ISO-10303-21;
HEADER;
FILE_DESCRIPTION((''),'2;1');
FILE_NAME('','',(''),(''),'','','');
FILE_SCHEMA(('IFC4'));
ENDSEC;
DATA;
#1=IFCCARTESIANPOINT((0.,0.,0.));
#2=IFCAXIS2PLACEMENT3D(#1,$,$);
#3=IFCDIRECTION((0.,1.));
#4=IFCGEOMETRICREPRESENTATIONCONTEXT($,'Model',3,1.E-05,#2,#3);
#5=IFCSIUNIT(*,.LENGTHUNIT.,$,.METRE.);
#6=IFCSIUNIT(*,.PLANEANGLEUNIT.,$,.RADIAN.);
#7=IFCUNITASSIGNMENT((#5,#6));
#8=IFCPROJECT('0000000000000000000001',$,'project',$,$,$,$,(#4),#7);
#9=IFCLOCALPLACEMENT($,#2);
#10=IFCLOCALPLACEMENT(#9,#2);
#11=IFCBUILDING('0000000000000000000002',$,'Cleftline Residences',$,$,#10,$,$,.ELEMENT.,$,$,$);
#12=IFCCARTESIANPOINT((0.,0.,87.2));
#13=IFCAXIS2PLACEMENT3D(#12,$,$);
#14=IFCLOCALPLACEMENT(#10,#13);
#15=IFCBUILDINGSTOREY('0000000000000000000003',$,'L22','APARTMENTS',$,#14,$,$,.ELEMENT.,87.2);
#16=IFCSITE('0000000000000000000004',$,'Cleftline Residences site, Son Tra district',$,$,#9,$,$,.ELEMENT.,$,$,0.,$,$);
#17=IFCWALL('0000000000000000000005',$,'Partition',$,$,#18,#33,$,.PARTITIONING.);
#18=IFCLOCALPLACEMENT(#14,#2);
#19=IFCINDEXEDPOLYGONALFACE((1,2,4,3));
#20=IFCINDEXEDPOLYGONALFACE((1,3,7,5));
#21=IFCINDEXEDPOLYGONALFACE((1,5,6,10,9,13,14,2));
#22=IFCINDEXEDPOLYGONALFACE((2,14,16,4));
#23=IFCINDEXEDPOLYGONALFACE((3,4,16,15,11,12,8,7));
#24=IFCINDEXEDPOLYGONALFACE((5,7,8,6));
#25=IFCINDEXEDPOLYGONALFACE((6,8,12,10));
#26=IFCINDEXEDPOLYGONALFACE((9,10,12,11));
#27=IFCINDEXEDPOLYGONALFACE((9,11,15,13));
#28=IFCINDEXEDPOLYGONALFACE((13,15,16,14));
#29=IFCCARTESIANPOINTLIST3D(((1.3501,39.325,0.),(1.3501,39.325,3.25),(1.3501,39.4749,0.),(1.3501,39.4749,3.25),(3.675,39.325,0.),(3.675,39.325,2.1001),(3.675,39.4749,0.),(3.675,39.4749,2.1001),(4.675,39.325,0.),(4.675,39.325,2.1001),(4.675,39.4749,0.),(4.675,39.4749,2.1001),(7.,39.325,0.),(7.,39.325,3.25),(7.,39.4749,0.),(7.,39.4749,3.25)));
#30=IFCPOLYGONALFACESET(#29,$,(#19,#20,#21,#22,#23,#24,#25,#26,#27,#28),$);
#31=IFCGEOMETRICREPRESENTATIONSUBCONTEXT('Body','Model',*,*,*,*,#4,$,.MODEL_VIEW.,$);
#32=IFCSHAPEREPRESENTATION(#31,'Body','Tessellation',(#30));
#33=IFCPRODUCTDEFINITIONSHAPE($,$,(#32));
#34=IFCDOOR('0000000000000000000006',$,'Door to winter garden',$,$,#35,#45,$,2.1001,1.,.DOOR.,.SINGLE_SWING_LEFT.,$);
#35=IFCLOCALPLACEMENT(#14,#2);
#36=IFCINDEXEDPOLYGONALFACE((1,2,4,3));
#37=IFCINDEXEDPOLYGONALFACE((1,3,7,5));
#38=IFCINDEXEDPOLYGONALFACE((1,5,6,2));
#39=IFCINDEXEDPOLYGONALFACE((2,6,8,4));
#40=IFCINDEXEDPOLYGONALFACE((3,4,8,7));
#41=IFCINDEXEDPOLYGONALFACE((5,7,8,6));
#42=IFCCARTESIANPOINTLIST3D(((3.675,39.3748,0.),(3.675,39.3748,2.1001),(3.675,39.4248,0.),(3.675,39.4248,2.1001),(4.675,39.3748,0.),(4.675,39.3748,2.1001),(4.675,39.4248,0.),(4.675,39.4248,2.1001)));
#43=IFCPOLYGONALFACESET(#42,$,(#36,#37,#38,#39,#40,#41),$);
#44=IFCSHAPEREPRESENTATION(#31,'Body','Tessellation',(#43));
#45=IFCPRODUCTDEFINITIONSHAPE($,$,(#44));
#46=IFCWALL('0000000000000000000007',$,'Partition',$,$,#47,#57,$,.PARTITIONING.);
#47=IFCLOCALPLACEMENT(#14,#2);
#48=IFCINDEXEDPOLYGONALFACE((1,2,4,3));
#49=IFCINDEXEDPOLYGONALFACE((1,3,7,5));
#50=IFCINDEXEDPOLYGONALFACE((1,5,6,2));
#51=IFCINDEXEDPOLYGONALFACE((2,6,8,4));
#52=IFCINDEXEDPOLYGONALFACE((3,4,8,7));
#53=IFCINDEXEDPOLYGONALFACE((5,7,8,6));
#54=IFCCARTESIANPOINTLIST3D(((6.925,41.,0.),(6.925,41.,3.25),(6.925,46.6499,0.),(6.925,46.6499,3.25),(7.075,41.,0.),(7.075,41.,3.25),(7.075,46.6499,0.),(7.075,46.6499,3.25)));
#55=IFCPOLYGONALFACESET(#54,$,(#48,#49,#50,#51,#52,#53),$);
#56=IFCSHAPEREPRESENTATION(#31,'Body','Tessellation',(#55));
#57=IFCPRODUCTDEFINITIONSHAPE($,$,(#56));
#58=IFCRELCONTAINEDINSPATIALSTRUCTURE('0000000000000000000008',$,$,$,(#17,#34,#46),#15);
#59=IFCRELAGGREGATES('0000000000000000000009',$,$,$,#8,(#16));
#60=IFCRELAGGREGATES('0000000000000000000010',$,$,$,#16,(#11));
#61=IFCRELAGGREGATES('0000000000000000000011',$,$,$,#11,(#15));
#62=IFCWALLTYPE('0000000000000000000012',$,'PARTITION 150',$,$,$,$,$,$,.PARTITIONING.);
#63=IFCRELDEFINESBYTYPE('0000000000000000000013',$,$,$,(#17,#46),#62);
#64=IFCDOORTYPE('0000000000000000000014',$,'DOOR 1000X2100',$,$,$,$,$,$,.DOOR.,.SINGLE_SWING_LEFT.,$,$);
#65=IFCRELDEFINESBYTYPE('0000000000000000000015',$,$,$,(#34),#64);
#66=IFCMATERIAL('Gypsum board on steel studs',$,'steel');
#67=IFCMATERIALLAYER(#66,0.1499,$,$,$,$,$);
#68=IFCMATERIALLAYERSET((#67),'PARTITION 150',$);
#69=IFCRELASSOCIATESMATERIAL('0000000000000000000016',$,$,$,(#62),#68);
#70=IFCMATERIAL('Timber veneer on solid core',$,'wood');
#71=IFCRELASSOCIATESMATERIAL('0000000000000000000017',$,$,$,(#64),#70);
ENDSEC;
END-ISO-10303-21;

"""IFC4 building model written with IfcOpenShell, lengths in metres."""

from ifc_helpers import new_model, si_unit, direction, frame, frame_2d, origin, place, context, subcontext, project, spatial, rectangle, extrude, material, layer, layer_set, type_object, element, fill, save


model = new_model("IFC4")

# Units and contexts
model_context = context("Model", 3, precision=1e-05, world=origin(), true_north=direction((0.0, 1.0)))
body_context = subcontext(model_context, "Body", "Model", "MODEL_VIEW")
ifc_project = project(units=[si_unit("LENGTHUNIT", "METRE"), si_unit("PLANEANGLEUNIT", "RADIAN")], contexts=[model_context])

# Site, building, storey
site_placement = place(None, origin())
site = spatial("IfcSite", under=ifc_project, at=site_placement, Name="Cleftline Residences site, Son Tra district", CompositionType="ELEMENT", RefElevation=0.0)
building_placement = place(site_placement, origin())
building = spatial("IfcBuilding", under=site, at=building_placement, Name="Cleftline Residences", CompositionType="ELEMENT")
storey_placement = place(building_placement, frame((0.0, 0.0, 87.2)))
storey = spatial("IfcBuildingStorey", under=building, at=storey_placement, Name="L22", Description="APARTMENTS", CompositionType="ELEMENT", Elevation=87.2)

# Wall, opening, door
ifc_material_1 = material(Name="Gypsum board on steel studs", Category="steel")
ifc_layer_1 = layer(ifc_material_1, 0.1499)
ifc_layer_set_1 = layer_set([ifc_layer_1], Name="PARTITION 150")
wall_type_1 = type_object("IfcWallType", Name="PARTITION 150", PredefinedType="PARTITIONING", material=ifc_layer_set_1)
wall_1_placement = place(storey_placement, frame((1.3501, 39.3999, 0.0), z_axis=(0.0, 0.0, 1.0), x_axis=(1.0, 0.0, 0.0)))
wall_1 = element("IfcWall", 1, at=wall_1_placement, inside=storey, type_object=wall_type_1, Name="Partition", PredefinedType="PARTITIONING", context=body_context, shape_type="SweptSolid", body=[
    extrude(rectangle(XDim=5.6499, YDim=0.1499, at=frame_2d((2.825, 0.0))), origin(), (0.0, 0.0, 1.0), 3.25),
])
opening_1_placement = place(wall_1_placement, frame((2.325, 0.0, 0.0)))
opening_1 = element("IfcOpeningElement", 2, at=opening_1_placement, cuts=wall_1, PredefinedType="OPENING", context=body_context, shape_type="SweptSolid", body=[
    extrude(rectangle(XDim=1.0, YDim=2.1001, at=frame_2d((0.5, 1.05))), frame((0.0, 0.085, 0.0), z_axis=(0.0, -1.0, 0.0), x_axis=(1.0, 0.0, 0.0)), (0.0, 0.0, 1.0), 0.1699),
])
ifc_material_2 = material(Name="Timber veneer on solid core", Category="wood")
door_type = type_object("IfcDoorType", Name="DOOR 1000X2100", OperationType="SINGLE_SWING_LEFT", PredefinedType="DOOR", material=ifc_material_2)
door_placement = place(opening_1_placement, origin())
door = element("IfcDoor", 3, at=door_placement, inside=storey, type_object=door_type, Name="Door to winter garden", OperationType="SINGLE_SWING_LEFT", OverallHeight=2.1001, OverallWidth=1.0, PredefinedType="DOOR", context=body_context, shape_type="SweptSolid", body=[
    extrude(rectangle(XDim=1.0, YDim=2.1001, at=frame_2d((0.5, 1.05))), frame((0.0, 0.0249, 0.0), z_axis=(0.0, -1.0, 0.0), x_axis=(1.0, 0.0, 0.0)), (0.0, 0.0, 1.0), 0.05),
])
fill(opening_1, door)

# Wall
wall_2_placement = place(storey_placement, frame((7.0, 41.0, 0.0), z_axis=(0.0, 0.0, 1.0), x_axis=(0.0, 1.0, 0.0)))
element("IfcWall", 4, at=wall_2_placement, inside=storey, type_object=wall_type_1, Name="Partition", PredefinedType="PARTITIONING", context=body_context, shape_type="SweptSolid", body=[
    extrude(rectangle(XDim=5.6499, YDim=0.1499, at=frame_2d((2.825, 0.0))), origin(), (0.0, 0.0, 1.0), 3.25),
])

save(model, "model.ifc")
